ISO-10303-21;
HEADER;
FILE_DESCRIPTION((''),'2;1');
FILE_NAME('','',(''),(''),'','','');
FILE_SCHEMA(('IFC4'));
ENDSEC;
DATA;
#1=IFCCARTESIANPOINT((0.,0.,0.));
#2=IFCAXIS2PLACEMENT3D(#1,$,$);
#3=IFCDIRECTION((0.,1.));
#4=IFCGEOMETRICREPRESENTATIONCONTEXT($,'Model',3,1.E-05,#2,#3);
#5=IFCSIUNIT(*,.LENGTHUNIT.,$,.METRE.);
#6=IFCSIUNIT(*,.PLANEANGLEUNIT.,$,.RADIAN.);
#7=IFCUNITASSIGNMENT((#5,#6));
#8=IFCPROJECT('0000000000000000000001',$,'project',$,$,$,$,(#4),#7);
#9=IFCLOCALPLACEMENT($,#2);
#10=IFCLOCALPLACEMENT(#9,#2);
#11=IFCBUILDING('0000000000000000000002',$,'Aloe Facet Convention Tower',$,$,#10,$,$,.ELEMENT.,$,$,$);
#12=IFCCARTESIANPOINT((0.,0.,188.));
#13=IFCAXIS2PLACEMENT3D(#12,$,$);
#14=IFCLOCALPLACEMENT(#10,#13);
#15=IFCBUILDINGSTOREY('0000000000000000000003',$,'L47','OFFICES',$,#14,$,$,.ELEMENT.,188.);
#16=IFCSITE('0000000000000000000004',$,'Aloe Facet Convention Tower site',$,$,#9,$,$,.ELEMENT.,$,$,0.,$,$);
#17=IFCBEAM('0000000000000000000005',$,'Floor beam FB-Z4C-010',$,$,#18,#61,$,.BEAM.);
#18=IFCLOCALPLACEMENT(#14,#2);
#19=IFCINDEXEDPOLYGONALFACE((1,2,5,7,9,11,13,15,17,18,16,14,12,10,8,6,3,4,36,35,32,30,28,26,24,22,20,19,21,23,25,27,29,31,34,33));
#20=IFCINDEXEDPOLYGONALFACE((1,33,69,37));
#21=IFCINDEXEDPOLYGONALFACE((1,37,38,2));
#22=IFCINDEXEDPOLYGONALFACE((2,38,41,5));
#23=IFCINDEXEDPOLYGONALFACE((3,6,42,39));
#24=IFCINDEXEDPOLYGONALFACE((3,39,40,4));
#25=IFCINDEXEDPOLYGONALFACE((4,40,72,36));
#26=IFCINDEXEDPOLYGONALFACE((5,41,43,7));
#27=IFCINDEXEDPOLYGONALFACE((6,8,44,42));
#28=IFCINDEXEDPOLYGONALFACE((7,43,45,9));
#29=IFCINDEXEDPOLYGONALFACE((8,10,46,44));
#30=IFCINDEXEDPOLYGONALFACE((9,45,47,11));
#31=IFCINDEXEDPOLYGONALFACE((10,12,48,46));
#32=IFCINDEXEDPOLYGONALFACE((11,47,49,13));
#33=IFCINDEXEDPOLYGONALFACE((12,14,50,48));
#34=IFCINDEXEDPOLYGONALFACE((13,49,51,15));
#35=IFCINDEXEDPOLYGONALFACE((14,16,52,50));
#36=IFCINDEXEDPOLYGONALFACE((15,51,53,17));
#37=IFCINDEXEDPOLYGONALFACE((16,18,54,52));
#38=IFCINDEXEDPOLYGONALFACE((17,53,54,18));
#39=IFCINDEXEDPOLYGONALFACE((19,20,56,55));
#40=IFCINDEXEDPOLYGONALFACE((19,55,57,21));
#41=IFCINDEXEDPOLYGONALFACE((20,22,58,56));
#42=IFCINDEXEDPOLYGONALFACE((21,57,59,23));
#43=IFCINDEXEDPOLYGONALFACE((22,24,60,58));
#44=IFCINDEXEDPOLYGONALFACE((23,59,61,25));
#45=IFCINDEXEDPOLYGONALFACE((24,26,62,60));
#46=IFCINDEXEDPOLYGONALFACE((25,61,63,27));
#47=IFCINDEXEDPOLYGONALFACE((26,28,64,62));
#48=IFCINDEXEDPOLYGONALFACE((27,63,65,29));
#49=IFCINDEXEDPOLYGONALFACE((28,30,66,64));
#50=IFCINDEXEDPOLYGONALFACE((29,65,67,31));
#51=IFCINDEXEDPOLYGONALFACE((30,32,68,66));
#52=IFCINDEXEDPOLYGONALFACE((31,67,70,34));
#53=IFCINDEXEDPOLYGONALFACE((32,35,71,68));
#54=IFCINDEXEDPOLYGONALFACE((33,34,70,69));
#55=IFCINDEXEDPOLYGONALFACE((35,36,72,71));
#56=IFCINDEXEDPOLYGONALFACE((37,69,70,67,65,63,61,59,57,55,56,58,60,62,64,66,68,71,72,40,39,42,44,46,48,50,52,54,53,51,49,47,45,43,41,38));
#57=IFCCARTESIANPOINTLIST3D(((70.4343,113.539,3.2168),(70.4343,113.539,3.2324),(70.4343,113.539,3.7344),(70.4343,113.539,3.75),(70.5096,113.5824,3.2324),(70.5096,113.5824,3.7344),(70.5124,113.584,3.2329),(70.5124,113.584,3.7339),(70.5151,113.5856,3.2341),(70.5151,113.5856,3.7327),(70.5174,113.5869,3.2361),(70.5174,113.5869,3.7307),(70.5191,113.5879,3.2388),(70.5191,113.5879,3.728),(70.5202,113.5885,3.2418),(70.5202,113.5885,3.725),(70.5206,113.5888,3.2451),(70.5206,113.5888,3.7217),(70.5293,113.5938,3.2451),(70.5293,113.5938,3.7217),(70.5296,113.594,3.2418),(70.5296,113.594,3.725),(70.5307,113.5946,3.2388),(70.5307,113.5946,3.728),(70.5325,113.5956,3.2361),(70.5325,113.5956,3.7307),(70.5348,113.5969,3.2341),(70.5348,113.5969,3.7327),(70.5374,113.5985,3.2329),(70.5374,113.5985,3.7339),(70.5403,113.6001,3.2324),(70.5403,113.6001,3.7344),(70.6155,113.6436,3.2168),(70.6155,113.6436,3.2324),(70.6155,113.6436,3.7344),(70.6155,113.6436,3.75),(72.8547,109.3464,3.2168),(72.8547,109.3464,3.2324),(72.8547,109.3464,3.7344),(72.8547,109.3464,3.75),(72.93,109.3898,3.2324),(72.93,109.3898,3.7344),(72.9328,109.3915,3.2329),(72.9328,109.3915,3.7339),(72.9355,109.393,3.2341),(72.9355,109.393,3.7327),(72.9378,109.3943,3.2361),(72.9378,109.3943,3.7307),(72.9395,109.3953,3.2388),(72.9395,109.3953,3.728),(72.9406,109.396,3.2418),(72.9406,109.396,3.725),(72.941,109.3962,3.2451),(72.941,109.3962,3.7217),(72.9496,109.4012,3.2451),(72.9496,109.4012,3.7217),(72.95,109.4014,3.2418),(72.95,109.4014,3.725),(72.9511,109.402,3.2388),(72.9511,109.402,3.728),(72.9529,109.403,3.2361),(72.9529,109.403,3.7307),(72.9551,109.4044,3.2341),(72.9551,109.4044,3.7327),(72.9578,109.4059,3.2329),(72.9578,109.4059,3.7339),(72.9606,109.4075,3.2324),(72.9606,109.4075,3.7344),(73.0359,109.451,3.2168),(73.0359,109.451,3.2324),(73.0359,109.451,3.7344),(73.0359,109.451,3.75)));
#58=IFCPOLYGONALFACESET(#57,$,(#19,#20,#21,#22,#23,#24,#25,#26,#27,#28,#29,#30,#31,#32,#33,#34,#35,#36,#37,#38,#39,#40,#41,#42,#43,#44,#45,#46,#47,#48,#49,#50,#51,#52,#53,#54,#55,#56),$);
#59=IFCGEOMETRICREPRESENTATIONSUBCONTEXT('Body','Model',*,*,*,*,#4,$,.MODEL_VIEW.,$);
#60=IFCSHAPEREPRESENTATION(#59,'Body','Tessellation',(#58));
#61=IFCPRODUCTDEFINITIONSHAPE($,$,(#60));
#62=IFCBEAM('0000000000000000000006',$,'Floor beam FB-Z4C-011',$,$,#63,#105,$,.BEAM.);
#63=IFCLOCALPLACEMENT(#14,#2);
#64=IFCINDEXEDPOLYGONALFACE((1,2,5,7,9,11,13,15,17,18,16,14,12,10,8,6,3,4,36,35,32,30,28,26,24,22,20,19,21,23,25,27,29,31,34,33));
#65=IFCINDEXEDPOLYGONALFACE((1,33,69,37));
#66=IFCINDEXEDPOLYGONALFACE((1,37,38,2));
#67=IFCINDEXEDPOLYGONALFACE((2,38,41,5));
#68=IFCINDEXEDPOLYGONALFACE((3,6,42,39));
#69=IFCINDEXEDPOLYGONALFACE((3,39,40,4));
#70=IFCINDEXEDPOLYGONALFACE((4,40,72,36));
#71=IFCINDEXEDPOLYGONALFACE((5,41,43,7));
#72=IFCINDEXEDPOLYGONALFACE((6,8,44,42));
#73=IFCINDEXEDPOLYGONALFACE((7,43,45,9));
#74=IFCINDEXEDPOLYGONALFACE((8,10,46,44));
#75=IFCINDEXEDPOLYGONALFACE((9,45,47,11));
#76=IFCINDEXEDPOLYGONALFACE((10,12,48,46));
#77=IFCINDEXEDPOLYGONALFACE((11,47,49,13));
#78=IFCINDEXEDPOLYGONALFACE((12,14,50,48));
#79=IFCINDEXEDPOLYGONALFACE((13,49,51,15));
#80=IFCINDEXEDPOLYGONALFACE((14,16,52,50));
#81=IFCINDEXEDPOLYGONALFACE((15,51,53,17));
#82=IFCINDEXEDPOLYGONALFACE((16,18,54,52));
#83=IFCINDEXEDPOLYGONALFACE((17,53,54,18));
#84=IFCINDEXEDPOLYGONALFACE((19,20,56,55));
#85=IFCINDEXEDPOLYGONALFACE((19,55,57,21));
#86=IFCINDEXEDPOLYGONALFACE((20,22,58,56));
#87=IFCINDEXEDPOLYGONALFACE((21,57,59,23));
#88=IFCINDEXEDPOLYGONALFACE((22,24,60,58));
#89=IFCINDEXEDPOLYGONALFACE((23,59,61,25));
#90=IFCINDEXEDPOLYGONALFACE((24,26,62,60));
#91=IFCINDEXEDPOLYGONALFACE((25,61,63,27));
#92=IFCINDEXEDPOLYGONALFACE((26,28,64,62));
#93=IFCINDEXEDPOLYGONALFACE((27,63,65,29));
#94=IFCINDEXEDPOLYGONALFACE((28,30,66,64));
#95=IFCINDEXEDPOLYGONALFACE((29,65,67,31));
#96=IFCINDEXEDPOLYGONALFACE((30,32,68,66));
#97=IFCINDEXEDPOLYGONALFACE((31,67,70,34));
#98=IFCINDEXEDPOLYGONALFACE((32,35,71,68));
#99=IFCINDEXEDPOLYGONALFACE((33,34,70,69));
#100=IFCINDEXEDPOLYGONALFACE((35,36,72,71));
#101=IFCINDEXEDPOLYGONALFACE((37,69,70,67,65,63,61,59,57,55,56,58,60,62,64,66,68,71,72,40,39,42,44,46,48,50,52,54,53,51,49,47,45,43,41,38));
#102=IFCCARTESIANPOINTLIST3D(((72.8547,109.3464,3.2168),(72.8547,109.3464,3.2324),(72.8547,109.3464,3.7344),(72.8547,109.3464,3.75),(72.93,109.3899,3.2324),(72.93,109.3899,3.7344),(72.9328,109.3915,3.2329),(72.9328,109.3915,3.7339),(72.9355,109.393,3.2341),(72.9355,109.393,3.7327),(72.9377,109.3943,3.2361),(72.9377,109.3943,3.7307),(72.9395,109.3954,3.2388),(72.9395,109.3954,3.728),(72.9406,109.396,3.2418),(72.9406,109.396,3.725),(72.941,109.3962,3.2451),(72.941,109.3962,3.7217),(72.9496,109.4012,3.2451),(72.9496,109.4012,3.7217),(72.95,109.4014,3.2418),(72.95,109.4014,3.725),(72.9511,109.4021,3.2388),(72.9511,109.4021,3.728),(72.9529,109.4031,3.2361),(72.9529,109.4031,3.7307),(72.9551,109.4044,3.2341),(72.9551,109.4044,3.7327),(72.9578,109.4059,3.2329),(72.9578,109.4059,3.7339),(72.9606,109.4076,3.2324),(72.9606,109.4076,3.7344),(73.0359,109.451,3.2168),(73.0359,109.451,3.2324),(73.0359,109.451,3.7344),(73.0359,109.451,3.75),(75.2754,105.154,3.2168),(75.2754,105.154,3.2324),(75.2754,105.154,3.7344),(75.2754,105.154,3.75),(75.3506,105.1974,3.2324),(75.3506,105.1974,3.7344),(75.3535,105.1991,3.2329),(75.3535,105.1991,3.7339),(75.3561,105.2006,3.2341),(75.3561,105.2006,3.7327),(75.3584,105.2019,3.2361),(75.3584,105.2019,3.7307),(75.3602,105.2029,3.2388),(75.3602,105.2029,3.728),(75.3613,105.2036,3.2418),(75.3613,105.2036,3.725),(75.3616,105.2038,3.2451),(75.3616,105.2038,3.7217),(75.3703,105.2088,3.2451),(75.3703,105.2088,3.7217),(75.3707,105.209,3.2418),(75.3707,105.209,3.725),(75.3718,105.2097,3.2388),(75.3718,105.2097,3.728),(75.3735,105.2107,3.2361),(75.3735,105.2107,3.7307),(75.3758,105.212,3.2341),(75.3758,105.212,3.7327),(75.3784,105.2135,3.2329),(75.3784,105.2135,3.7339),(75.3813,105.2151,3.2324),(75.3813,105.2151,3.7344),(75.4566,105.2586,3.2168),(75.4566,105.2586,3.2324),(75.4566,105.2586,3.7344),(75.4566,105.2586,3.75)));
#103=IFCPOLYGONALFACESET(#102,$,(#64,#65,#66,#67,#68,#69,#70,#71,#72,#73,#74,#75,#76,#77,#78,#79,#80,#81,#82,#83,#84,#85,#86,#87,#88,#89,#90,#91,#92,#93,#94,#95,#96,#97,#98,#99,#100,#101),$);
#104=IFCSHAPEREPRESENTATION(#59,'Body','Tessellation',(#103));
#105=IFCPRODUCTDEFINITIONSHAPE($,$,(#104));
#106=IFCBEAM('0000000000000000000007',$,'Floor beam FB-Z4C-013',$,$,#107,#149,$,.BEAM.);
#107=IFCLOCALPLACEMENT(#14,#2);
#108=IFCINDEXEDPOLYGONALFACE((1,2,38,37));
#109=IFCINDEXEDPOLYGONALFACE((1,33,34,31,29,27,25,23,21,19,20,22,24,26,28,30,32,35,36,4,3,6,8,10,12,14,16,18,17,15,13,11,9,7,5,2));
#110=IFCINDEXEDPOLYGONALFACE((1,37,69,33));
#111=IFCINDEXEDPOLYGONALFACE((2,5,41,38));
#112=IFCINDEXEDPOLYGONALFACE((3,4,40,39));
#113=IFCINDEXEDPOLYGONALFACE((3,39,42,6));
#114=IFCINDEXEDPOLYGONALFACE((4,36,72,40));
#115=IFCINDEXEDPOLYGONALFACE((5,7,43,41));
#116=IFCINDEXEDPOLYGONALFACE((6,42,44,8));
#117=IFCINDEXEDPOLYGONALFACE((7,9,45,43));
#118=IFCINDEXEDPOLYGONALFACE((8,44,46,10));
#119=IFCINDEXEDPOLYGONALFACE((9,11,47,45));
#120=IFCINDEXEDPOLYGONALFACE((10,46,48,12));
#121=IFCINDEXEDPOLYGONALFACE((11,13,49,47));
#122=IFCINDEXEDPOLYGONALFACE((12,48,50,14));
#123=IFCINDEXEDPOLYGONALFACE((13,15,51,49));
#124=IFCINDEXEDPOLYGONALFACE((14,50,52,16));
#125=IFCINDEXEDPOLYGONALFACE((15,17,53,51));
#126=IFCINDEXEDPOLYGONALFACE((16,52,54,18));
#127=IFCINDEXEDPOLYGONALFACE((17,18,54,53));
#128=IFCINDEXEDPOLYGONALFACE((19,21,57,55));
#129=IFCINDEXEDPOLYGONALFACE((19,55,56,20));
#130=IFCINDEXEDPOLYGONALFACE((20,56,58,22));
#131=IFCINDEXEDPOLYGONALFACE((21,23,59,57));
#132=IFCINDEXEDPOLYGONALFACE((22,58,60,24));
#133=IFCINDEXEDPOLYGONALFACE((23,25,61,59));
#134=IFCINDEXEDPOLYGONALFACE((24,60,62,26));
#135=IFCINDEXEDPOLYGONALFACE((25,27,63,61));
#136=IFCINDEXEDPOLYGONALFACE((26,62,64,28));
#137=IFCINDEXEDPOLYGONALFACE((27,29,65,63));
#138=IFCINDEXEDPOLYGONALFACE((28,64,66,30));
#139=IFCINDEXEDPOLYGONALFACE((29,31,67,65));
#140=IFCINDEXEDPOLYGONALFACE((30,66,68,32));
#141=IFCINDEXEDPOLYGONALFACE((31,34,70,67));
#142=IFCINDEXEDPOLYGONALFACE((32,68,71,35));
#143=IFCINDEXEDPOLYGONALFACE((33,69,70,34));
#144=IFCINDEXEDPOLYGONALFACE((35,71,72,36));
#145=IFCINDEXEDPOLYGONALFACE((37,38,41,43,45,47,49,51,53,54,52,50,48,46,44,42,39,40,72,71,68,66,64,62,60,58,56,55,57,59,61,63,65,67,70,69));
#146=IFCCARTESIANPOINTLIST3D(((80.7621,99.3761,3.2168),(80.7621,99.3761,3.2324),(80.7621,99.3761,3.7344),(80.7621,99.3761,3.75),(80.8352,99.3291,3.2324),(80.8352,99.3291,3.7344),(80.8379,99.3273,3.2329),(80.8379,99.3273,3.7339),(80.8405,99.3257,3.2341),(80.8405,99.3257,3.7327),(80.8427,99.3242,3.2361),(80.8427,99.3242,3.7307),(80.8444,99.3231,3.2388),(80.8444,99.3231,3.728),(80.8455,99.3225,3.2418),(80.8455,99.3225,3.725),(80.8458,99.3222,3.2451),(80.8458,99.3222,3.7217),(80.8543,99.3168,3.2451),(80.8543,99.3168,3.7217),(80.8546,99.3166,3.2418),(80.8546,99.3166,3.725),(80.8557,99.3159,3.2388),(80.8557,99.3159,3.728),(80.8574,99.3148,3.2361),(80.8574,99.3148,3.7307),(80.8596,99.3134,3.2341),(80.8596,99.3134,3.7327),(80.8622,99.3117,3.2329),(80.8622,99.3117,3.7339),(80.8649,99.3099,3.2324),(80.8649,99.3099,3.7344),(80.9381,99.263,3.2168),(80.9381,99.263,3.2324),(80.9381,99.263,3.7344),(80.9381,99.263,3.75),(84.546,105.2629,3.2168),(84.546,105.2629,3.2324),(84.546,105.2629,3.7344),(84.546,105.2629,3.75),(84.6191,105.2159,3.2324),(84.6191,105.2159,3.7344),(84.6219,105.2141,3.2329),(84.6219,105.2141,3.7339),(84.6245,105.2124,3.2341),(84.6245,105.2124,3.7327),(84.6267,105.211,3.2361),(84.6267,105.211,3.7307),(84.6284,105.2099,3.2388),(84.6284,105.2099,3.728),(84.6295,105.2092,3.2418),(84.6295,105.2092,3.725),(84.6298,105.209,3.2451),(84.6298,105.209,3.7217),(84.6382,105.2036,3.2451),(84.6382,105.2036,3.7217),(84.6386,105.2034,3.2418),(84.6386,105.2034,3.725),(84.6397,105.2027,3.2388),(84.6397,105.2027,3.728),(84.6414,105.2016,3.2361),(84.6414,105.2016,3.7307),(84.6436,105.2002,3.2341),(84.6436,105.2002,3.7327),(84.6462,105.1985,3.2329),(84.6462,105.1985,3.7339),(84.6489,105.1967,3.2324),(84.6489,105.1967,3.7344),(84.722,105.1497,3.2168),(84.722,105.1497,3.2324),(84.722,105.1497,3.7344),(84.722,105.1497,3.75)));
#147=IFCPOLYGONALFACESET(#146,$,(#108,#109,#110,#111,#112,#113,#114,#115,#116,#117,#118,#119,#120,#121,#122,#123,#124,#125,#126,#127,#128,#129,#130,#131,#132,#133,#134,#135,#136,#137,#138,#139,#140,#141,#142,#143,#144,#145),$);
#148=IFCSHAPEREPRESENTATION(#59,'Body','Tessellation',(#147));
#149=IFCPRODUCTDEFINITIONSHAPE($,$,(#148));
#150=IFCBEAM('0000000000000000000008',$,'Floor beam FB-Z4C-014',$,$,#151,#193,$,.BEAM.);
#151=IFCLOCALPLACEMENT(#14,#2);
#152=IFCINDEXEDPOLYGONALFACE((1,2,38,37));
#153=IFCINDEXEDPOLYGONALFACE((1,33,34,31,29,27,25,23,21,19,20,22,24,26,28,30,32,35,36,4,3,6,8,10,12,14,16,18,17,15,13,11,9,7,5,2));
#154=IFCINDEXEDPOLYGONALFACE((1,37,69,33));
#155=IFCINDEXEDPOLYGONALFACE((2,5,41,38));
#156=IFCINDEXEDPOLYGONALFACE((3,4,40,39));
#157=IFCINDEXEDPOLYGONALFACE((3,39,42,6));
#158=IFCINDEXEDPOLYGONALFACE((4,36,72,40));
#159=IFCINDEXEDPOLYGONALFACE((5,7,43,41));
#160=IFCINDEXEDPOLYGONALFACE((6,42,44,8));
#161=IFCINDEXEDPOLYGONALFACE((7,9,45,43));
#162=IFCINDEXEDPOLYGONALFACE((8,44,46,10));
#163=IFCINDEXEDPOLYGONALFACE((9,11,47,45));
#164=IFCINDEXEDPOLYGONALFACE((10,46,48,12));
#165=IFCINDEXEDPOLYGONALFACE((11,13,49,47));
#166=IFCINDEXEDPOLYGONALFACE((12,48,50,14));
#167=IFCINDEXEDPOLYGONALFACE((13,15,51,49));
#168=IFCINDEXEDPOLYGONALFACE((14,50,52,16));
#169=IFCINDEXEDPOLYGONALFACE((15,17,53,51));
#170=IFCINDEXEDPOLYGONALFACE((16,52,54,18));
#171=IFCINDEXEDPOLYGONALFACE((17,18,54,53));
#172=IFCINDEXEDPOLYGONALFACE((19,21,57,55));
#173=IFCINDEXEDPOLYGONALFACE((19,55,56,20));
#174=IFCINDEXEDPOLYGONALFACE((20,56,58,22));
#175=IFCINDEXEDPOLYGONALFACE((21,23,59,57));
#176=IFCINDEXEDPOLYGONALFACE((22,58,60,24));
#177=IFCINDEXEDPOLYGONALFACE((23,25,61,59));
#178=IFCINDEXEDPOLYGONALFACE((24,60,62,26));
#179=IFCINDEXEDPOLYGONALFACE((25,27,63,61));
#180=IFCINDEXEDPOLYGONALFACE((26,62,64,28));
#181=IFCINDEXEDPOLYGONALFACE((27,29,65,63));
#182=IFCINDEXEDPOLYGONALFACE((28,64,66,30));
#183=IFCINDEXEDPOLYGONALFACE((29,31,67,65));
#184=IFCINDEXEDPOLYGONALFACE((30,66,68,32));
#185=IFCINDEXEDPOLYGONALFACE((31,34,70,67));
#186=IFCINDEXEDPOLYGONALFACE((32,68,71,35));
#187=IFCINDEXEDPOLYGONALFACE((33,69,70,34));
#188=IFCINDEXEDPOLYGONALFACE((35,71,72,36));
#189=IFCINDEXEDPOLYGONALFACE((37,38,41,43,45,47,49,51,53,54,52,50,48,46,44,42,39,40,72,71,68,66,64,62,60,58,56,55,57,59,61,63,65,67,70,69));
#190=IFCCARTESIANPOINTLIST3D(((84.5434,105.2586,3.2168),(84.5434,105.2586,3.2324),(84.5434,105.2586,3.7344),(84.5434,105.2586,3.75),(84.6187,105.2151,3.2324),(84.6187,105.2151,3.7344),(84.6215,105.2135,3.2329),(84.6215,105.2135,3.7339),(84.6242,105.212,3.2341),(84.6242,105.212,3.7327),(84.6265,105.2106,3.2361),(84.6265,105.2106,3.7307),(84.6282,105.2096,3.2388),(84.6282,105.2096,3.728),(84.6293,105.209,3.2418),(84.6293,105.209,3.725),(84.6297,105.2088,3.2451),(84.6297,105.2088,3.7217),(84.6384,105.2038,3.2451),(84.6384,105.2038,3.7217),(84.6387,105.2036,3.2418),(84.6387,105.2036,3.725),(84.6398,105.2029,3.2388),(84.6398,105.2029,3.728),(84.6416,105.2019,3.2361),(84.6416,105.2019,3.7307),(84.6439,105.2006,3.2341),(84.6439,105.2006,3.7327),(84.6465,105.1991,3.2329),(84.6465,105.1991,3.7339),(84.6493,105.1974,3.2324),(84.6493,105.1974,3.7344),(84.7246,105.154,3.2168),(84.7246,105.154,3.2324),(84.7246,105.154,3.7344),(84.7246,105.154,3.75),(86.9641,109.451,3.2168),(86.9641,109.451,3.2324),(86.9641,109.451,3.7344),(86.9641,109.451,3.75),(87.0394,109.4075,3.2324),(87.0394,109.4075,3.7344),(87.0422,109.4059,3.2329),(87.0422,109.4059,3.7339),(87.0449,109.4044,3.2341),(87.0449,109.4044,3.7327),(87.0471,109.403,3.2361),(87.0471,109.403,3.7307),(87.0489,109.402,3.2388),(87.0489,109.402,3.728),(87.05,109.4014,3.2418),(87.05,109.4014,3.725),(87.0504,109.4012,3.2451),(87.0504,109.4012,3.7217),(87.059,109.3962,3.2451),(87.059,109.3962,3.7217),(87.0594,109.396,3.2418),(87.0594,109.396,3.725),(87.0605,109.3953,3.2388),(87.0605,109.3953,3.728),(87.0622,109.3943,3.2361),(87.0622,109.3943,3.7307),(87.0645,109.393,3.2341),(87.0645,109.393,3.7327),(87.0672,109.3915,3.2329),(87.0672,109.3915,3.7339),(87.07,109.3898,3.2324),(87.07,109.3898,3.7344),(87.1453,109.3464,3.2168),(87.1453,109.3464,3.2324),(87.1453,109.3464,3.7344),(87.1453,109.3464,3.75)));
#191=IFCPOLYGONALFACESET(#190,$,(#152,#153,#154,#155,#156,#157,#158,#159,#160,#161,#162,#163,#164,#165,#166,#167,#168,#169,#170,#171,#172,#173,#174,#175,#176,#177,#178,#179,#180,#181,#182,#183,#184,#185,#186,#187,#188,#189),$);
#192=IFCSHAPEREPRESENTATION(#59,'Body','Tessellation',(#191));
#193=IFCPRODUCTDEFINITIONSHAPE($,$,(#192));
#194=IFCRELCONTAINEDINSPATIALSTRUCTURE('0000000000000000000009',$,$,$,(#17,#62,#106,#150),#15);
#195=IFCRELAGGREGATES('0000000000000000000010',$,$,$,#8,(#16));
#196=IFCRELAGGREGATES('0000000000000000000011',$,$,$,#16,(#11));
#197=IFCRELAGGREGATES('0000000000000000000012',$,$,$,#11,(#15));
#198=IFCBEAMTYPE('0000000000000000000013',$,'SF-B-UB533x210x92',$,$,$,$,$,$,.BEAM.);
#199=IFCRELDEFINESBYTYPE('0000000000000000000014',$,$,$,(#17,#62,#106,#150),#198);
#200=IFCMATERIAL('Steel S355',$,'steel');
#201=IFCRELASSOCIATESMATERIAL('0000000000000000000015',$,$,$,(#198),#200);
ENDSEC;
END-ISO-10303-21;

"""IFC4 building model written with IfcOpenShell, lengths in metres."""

from ifc_helpers import new_model, si_unit, direction, frame, origin, origin_2d, place, context, subcontext, project, spatial, i_section, extrude, material, material_profile, profile_set, type_object, element, save


model = new_model("IFC4")

# Units and contexts
model_context = context("Model", 3, precision=1e-05, world=origin(), true_north=direction((0.0, 1.0)))
body_context = subcontext(model_context, "Body", "Model", "MODEL_VIEW")
ifc_project = project(units=[si_unit("LENGTHUNIT", "METRE"), si_unit("PLANEANGLEUNIT", "RADIAN")], contexts=[model_context])

# Site, building, storey
site_placement = place(None, origin())
site = spatial("IfcSite", under=ifc_project, at=site_placement, Name="Aloe Facet Convention Tower site", CompositionType="ELEMENT", RefElevation=0.0)
building_placement = place(site_placement, origin())
building = spatial("IfcBuilding", under=site, at=building_placement, Name="Aloe Facet Convention Tower", CompositionType="ELEMENT")
storey_placement = place(building_placement, frame((0.0, 0.0, 188.0)))
storey = spatial("IfcBuildingStorey", under=building, at=storey_placement, Name="L47", Description="OFFICES", CompositionType="ELEMENT", Elevation=188.0)

# Beams
ifc_material_1 = material(Name="Steel S355", Category="steel")
ifc_material_profile_1 = material_profile(ifc_material_1, i_section(OverallWidth=0.2092, OverallDepth=0.5332, WebThickness=0.01, FlangeThickness=0.0156, FilletRadius=0.0127, at=origin_2d()), Name="UB 533x210x92")
ifc_profile_set_1 = profile_set([ifc_material_profile_1], Name="Steel S355")
beam_type_1 = type_object("IfcBeamType", Name="SF-B-UB533x210x92", PredefinedType="BEAM", material=ifc_profile_set_1)
for number, where, z_axis, x_axis, name in (
    (1, (72.9453, 109.3987, 3.4834), (-0.499968, 0.866044, 0.0), (-0.866044, -0.499968, 0.0), "Floor beam FB-Z4C-010"),
    (2, (75.366, 105.2063, 3.4834), (-0.500028, 0.866009, 0.0), (-0.866009, -0.500028, 0.0), "Floor beam FB-Z4C-011"),
):
    element("IfcBeam", number, at=place(storey_placement, frame(where, z_axis=z_axis, x_axis=x_axis)), inside=storey, type_object=beam_type_1, Name=name, PredefinedType="BEAM", context=body_context, shape_type="SweptSolid", body=[
        extrude(i_section(OverallWidth=0.2092, OverallDepth=0.5332, WebThickness=0.01, FlangeThickness=0.0156, FilletRadius=0.0127, at=origin_2d()), origin(), (0.0, 0.0, 1.0), 4.8411),
    ])
beam_1_placement = place(storey_placement, frame((84.634, 105.2063, 3.4834), z_axis=(-0.540719, -0.841203, 0.0), x_axis=(0.841203, -0.540719, 0.0)))
element("IfcBeam", 3, at=beam_1_placement, inside=storey, type_object=beam_type_1, Name="Floor beam FB-Z4C-013", PredefinedType="BEAM", context=body_context, shape_type="SweptSolid", body=[
    extrude(i_section(OverallWidth=0.2092, OverallDepth=0.5332, WebThickness=0.01, FlangeThickness=0.0156, FilletRadius=0.0127, at=origin_2d()), origin(), (0.0, 0.0, 1.0), 6.998),
])
for number, where, z_axis, x_axis, name in (
    (4, (87.0547, 109.3987, 3.4834), (-0.500028, -0.866009, 0.0), (0.866009, -0.500028, 0.0), "Floor beam FB-Z4C-014"),
):
    element("IfcBeam", number, at=place(storey_placement, frame(where, z_axis=z_axis, x_axis=x_axis)), inside=storey, type_object=beam_type_1, Name=name, PredefinedType="BEAM", context=body_context, shape_type="SweptSolid", body=[
        extrude(i_section(OverallWidth=0.2092, OverallDepth=0.5332, WebThickness=0.01, FlangeThickness=0.0156, FilletRadius=0.0127, at=origin_2d()), origin(), (0.0, 0.0, 1.0), 4.8411),
    ])

save(model, "model.ifc")
